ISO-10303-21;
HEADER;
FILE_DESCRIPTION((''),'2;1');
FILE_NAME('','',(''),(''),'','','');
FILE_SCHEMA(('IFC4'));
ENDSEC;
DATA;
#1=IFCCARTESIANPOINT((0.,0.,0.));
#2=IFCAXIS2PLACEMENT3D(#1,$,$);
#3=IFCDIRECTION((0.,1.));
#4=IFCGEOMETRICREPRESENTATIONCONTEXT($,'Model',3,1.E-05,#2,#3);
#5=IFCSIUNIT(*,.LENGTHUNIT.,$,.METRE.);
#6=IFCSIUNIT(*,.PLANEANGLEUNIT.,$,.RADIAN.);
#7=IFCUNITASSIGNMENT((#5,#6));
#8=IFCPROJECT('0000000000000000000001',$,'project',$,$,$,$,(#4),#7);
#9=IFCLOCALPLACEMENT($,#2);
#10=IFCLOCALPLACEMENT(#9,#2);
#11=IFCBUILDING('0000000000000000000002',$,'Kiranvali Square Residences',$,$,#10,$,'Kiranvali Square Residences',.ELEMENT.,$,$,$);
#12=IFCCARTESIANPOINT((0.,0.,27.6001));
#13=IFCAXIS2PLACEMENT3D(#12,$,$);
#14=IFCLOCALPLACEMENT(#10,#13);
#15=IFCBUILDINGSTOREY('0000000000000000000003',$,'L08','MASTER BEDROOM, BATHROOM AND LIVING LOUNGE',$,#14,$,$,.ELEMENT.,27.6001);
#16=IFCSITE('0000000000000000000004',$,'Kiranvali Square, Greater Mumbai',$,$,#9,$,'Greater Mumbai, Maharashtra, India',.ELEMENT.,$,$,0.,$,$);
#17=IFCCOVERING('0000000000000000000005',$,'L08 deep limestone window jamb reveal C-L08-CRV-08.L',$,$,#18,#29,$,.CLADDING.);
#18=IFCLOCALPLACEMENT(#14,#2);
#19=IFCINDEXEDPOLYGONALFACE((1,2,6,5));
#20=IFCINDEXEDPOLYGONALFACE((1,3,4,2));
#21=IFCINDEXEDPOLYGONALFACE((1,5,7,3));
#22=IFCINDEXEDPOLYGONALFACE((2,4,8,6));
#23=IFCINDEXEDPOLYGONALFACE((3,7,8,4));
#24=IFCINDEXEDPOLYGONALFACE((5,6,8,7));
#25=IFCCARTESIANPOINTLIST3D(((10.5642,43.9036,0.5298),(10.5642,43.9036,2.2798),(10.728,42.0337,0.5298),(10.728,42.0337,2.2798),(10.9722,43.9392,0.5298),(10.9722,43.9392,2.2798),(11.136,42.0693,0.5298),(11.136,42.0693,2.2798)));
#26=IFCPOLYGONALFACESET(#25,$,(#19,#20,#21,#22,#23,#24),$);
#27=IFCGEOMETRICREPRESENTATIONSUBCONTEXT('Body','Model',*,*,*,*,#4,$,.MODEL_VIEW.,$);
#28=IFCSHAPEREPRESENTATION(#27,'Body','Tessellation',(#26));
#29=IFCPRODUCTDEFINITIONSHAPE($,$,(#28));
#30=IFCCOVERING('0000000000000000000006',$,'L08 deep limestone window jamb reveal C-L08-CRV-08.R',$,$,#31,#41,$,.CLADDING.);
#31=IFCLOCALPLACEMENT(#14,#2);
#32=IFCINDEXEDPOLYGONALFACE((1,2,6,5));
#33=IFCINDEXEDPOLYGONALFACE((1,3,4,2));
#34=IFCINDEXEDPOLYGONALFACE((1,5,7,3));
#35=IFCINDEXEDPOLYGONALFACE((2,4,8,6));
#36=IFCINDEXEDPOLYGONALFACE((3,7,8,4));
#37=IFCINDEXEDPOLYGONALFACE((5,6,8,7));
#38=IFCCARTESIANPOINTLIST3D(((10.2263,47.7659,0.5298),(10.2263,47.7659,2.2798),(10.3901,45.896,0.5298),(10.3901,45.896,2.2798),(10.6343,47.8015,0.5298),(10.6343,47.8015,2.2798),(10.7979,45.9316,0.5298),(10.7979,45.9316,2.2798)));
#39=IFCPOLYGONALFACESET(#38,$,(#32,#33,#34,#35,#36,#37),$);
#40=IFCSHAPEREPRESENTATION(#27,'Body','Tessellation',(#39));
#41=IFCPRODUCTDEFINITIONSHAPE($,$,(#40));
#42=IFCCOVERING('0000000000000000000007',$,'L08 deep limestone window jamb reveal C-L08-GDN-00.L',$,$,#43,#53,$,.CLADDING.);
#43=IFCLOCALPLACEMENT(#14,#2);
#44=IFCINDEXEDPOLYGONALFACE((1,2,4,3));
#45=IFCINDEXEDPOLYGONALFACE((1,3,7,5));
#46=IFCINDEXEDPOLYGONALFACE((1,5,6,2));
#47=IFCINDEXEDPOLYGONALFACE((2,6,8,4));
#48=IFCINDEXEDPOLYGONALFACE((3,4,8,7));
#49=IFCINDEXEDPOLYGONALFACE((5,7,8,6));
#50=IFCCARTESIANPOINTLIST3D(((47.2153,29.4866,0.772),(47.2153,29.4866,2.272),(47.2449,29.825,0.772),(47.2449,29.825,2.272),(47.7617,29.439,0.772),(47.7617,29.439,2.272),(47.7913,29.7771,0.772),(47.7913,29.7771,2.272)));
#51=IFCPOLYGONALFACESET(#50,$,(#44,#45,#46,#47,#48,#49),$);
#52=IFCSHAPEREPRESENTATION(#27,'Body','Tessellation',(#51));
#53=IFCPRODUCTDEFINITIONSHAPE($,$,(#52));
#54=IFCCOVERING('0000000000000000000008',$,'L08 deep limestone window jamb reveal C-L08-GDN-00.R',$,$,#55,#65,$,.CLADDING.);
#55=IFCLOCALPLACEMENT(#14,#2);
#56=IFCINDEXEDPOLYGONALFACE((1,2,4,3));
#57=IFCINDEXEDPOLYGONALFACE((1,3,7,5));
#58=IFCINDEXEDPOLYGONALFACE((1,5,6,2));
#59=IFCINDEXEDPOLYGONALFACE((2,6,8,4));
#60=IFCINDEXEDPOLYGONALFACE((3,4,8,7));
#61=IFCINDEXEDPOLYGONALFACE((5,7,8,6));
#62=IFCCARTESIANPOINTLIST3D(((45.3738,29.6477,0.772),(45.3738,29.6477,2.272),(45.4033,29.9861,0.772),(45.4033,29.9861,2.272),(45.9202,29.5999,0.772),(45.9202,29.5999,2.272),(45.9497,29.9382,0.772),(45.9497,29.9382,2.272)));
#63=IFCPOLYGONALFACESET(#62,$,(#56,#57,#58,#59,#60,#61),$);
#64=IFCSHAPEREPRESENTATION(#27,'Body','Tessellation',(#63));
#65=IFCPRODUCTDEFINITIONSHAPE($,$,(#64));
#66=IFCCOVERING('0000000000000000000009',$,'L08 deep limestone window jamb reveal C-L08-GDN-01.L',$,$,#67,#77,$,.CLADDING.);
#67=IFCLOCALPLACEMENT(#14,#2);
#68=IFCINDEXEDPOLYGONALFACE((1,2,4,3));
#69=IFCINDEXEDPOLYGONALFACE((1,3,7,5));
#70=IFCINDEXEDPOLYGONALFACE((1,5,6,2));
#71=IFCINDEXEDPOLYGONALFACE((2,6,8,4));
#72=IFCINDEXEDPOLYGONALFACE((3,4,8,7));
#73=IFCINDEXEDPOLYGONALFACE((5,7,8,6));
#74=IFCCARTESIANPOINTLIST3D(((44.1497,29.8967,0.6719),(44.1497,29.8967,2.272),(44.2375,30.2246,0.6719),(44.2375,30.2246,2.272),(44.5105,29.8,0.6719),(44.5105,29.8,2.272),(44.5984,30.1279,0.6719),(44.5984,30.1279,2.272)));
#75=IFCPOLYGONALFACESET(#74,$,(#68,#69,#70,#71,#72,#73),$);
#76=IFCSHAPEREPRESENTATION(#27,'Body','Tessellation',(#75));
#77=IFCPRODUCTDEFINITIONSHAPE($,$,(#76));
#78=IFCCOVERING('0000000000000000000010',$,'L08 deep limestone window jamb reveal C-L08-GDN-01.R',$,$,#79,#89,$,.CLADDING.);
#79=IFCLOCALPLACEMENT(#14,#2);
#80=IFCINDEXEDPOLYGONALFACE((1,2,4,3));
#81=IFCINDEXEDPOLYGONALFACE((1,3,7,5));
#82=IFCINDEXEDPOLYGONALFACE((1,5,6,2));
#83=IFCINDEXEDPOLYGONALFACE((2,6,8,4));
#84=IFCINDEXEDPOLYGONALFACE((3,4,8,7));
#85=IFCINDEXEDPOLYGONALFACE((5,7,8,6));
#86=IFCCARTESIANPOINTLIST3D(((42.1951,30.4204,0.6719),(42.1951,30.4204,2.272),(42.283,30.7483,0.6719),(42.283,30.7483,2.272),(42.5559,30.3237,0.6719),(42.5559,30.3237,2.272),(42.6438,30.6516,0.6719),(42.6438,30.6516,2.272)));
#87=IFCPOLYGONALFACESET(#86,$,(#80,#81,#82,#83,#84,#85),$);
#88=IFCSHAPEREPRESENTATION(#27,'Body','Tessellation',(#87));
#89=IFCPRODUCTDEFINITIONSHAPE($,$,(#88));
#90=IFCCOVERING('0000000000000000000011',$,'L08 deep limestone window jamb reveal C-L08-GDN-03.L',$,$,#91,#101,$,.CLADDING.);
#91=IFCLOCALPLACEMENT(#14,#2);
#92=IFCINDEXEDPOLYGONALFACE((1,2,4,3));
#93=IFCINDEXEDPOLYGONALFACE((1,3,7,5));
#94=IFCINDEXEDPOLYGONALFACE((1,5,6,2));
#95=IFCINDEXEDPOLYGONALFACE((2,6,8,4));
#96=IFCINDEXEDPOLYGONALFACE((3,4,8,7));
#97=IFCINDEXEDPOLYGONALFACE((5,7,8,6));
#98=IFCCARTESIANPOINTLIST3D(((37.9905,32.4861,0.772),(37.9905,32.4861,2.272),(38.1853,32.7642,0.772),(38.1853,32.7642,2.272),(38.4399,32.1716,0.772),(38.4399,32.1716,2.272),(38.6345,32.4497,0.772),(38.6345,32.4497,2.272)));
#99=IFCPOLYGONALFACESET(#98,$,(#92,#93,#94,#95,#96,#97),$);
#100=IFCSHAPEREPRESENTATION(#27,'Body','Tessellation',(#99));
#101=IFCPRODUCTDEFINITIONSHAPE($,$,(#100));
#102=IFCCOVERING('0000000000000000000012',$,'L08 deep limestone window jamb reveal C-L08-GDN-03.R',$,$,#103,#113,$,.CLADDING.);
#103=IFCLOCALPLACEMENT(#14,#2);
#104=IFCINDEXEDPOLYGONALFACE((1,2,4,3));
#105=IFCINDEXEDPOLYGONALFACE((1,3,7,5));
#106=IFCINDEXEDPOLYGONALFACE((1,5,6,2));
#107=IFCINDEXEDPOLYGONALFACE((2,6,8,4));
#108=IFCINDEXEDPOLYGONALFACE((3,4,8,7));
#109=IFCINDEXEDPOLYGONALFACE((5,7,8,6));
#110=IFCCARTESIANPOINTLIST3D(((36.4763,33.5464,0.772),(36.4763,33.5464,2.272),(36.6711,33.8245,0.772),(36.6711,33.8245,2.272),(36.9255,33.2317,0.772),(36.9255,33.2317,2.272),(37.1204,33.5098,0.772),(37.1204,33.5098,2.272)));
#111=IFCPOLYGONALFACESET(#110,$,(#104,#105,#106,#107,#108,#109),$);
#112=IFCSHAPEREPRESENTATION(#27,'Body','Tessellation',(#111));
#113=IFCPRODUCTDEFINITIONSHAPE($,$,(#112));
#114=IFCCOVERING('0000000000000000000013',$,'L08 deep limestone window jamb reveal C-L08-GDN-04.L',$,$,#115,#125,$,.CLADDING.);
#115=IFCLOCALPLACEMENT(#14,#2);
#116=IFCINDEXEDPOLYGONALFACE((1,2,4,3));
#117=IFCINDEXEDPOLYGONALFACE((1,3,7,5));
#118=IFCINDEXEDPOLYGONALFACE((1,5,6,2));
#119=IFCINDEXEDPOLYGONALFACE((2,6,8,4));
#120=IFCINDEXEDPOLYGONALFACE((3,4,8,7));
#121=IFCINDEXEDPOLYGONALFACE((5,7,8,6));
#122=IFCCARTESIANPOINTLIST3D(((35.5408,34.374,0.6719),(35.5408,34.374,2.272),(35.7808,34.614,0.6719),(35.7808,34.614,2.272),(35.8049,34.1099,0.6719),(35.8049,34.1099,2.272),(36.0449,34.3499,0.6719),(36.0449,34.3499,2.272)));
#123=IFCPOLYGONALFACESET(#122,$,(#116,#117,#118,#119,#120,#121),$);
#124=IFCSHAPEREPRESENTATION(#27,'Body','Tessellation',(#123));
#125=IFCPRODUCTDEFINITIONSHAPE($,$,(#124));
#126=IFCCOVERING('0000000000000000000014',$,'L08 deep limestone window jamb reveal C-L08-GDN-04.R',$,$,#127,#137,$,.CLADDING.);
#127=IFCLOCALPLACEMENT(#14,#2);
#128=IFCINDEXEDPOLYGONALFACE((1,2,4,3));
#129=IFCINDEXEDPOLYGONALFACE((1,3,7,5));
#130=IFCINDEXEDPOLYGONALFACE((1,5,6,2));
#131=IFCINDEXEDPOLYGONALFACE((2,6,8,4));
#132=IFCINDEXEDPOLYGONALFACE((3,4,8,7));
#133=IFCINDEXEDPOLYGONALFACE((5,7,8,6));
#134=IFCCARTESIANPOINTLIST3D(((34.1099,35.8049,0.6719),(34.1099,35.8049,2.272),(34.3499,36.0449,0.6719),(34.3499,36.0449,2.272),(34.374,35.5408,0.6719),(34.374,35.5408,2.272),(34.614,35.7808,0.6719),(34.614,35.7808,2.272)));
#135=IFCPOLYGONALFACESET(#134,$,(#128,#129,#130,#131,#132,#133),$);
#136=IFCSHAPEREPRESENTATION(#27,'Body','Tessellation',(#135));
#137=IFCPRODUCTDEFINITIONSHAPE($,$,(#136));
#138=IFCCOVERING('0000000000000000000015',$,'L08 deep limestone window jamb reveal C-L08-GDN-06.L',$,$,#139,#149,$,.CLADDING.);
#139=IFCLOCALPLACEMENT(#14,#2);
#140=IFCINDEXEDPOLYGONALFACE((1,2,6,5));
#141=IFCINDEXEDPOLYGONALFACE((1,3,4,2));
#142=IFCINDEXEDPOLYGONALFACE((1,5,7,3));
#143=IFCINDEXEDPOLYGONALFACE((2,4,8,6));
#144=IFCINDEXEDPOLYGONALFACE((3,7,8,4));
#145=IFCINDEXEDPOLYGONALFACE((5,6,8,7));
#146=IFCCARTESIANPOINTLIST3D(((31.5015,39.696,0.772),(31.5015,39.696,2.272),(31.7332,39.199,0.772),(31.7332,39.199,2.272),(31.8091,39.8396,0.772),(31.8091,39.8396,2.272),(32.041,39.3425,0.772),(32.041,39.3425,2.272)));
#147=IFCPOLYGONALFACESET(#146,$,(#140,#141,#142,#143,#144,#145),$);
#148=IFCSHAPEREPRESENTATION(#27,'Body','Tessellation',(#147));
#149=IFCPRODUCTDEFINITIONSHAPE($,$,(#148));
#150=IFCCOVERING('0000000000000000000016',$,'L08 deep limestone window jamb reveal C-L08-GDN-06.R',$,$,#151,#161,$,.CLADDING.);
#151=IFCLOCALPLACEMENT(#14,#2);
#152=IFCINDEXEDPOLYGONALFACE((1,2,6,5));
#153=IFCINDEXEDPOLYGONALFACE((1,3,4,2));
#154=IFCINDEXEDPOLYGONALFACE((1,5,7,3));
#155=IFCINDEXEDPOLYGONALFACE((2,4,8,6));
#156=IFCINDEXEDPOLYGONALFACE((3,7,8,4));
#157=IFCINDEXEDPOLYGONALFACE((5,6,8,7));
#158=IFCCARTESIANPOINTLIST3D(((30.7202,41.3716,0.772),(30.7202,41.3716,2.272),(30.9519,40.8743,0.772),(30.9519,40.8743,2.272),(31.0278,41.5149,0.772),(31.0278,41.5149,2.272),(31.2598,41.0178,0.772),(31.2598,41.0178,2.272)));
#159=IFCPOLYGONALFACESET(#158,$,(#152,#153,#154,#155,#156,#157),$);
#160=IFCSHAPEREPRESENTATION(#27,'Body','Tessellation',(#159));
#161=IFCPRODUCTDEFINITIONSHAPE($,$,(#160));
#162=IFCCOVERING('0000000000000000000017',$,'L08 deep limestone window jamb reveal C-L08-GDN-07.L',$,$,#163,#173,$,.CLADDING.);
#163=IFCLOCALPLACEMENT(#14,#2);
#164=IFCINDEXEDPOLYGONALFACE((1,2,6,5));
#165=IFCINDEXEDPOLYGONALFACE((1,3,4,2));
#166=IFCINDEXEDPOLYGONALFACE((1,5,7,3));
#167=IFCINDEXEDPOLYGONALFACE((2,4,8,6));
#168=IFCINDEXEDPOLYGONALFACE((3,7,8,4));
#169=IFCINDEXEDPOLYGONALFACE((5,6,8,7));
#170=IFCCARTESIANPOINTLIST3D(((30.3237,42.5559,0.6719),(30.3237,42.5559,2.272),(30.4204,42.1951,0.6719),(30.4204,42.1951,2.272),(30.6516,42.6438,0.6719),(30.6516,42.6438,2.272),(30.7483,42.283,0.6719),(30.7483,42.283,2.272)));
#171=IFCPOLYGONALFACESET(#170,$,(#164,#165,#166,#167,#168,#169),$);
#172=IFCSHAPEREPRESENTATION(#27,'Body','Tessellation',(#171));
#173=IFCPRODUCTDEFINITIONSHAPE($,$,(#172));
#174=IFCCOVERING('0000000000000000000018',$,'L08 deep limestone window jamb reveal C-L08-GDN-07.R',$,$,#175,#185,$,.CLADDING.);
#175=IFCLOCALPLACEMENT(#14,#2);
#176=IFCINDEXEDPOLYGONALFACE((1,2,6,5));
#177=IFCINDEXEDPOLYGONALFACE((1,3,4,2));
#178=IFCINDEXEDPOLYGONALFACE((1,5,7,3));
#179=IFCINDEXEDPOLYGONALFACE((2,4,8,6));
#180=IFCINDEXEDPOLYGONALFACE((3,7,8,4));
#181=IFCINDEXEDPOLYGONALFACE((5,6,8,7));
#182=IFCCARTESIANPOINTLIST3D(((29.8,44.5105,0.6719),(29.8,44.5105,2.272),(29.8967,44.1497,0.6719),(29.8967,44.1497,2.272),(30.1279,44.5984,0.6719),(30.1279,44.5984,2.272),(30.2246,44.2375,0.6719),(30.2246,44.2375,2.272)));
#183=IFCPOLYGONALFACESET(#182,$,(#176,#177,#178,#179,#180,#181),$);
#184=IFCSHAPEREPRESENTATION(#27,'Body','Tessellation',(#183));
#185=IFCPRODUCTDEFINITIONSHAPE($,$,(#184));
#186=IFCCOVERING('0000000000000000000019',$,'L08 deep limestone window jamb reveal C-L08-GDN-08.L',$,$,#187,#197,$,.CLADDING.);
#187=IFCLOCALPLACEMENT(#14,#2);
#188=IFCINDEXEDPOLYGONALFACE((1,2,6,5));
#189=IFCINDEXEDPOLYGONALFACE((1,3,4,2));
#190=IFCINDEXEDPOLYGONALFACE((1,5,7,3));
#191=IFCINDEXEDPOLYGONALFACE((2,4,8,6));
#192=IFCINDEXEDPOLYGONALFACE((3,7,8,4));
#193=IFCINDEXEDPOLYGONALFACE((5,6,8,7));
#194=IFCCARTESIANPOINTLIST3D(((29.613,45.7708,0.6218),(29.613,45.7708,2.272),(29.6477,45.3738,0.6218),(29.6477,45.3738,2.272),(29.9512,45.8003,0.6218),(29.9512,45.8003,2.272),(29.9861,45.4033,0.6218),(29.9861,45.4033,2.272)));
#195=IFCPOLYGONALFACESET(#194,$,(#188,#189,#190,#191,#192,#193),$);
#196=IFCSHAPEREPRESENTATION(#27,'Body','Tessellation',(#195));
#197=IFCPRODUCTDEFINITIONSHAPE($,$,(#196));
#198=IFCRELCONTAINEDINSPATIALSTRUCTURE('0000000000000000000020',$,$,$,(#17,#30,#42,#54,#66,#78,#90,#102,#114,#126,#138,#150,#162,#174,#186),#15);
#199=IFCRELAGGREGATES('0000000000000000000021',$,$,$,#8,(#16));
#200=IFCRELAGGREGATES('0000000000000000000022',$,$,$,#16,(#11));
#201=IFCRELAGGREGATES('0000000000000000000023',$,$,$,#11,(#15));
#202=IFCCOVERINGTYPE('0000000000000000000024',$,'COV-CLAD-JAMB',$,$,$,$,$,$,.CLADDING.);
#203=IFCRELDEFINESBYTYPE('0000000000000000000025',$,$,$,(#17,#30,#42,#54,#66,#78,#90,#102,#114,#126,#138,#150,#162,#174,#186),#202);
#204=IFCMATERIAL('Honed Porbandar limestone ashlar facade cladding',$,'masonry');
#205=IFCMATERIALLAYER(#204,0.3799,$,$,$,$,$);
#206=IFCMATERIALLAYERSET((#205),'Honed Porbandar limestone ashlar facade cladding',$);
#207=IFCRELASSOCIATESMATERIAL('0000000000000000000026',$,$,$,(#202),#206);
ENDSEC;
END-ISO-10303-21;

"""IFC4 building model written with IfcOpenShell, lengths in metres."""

from ifc_helpers import new_model, si_unit, direction, frame, origin, place, context, subcontext, project, spatial, polyline, outline, extrude, material, layer, layer_set, type_object, element, save


model = new_model("IFC4")

# Units and contexts
model_context = context("Model", 3, precision=1e-05, world=origin(), true_north=direction((0.0, 1.0)))
body_context = subcontext(model_context, "Body", "Model", "MODEL_VIEW")
ifc_project = project(units=[si_unit("LENGTHUNIT", "METRE"), si_unit("PLANEANGLEUNIT", "RADIAN")], contexts=[model_context])

# Site, building, storey
site_placement = place(None, origin())
site = spatial("IfcSite", under=ifc_project, at=site_placement, Name="Kiranvali Square, Greater Mumbai", LongName="Greater Mumbai, Maharashtra, India", CompositionType="ELEMENT", RefElevation=0.0)
building_placement = place(site_placement, origin())
building = spatial("IfcBuilding", under=site, at=building_placement, Name="Kiranvali Square Residences", LongName="Kiranvali Square Residences", CompositionType="ELEMENT")
storey_placement = place(building_placement, frame((0.0, 0.0, 27.6001)))
storey = spatial("IfcBuildingStorey", under=building, at=storey_placement, Name="L08", Description="MASTER BEDROOM, BATHROOM AND LIVING LOUNGE", CompositionType="ELEMENT", Elevation=27.6001)

# Coverings
ifc_material = material(Name="Honed Porbandar limestone ashlar facade cladding", Category="masonry")
ifc_layer_1 = layer(ifc_material, 0.3799)
ifc_layer_set_1 = layer_set([ifc_layer_1], Name="Honed Porbandar limestone ashlar facade cladding")
covering_type_1 = type_object("IfcCoveringType", Name="COV-CLAD-JAMB", PredefinedType="CLADDING", material=ifc_layer_set_1)
covering_1_placement = place(storey_placement, frame((0.0, 0.0, 0.5298)))
element("IfcCovering", 1, at=covering_1_placement, inside=storey, type_object=covering_type_1, Name="L08 deep limestone window jamb reveal C-L08-CRV-08.L", PredefinedType="CLADDING", context=body_context, shape_type="SweptSolid", body=[
    extrude(outline(polyline([(11.136, 42.0693), (10.9722, 43.9392), (10.5642, 43.9036), (10.728, 42.0337), (11.136, 42.0693)])), origin(), (0.0, 0.0, 1.0), 1.75),
])
covering_2_placement = place(storey_placement, frame((0.0, 0.0, 0.5298)))
element("IfcCovering", 2, at=covering_2_placement, inside=storey, type_object=covering_type_1, Name="L08 deep limestone window jamb reveal C-L08-CRV-08.R", PredefinedType="CLADDING", context=body_context, shape_type="SweptSolid", body=[
    extrude(outline(polyline([(10.7979, 45.9316), (10.6343, 47.8015), (10.2263, 47.7659), (10.3901, 45.896), (10.7979, 45.9316)])), origin(), (0.0, 0.0, 1.0), 1.75),
])
covering_3_placement = place(storey_placement, frame((0.0, 0.0, 0.772)))
element("IfcCovering", 3, at=covering_3_placement, inside=storey, type_object=covering_type_1, Name="L08 deep limestone window jamb reveal C-L08-GDN-00.L", PredefinedType="CLADDING", context=body_context, shape_type="SweptSolid", body=[
    extrude(outline(polyline([(47.7913, 29.7771), (47.2449, 29.825), (47.2153, 29.4866), (47.7617, 29.439), (47.7913, 29.7771)])), origin(), (0.0, 0.0, 1.0), 1.5),
])
covering_4_placement = place(storey_placement, frame((0.0, 0.0, 0.772)))
element("IfcCovering", 4, at=covering_4_placement, inside=storey, type_object=covering_type_1, Name="L08 deep limestone window jamb reveal C-L08-GDN-00.R", PredefinedType="CLADDING", context=body_context, shape_type="SweptSolid", body=[
    extrude(outline(polyline([(45.9497, 29.9382), (45.4033, 29.9861), (45.3738, 29.6477), (45.9202, 29.5999), (45.9497, 29.9382)])), origin(), (0.0, 0.0, 1.0), 1.5),
])
covering_5_placement = place(storey_placement, frame((0.0, 0.0, 0.6719)))
element("IfcCovering", 5, at=covering_5_placement, inside=storey, type_object=covering_type_1, Name="L08 deep limestone window jamb reveal C-L08-GDN-01.L", PredefinedType="CLADDING", context=body_context, shape_type="SweptSolid", body=[
    extrude(outline(polyline([(44.5984, 30.1279), (44.2375, 30.2246), (44.1497, 29.8967), (44.5105, 29.8), (44.5984, 30.1279)])), origin(), (0.0, 0.0, 1.0), 1.6001),
])
covering_6_placement = place(storey_placement, frame((0.0, 0.0, 0.6719)))
element("IfcCovering", 6, at=covering_6_placement, inside=storey, type_object=covering_type_1, Name="L08 deep limestone window jamb reveal C-L08-GDN-01.R", PredefinedType="CLADDING", context=body_context, shape_type="SweptSolid", body=[
    extrude(outline(polyline([(42.6438, 30.6516), (42.283, 30.7483), (42.1951, 30.4204), (42.5559, 30.3237), (42.6438, 30.6516)])), origin(), (0.0, 0.0, 1.0), 1.6001),
])
covering_7_placement = place(storey_placement, frame((0.0, 0.0, 0.772)))
element("IfcCovering", 7, at=covering_7_placement, inside=storey, type_object=covering_type_1, Name="L08 deep limestone window jamb reveal C-L08-GDN-03.L", PredefinedType="CLADDING", context=body_context, shape_type="SweptSolid", body=[
    extrude(outline(polyline([(38.6345, 32.4497), (38.1853, 32.7642), (37.9905, 32.4861), (38.4399, 32.1716), (38.6345, 32.4497)])), origin(), (0.0, 0.0, 1.0), 1.5),
])
covering_8_placement = place(storey_placement, frame((0.0, 0.0, 0.772)))
element("IfcCovering", 8, at=covering_8_placement, inside=storey, type_object=covering_type_1, Name="L08 deep limestone window jamb reveal C-L08-GDN-03.R", PredefinedType="CLADDING", context=body_context, shape_type="SweptSolid", body=[
    extrude(outline(polyline([(37.1204, 33.5098), (36.6711, 33.8245), (36.4763, 33.5464), (36.9255, 33.2317), (37.1204, 33.5098)])), origin(), (0.0, 0.0, 1.0), 1.5),
])
covering_9_placement = place(storey_placement, frame((0.0, 0.0, 0.6719)))
element("IfcCovering", 9, at=covering_9_placement, inside=storey, type_object=covering_type_1, Name="L08 deep limestone window jamb reveal C-L08-GDN-04.L", PredefinedType="CLADDING", context=body_context, shape_type="SweptSolid", body=[
    extrude(outline(polyline([(36.0449, 34.3499), (35.7808, 34.614), (35.5408, 34.374), (35.8049, 34.1099), (36.0449, 34.3499)])), origin(), (0.0, 0.0, 1.0), 1.6001),
])
covering_10_placement = place(storey_placement, frame((0.0, 0.0, 0.6719)))
element("IfcCovering", 10, at=covering_10_placement, inside=storey, type_object=covering_type_1, Name="L08 deep limestone window jamb reveal C-L08-GDN-04.R", PredefinedType="CLADDING", context=body_context, shape_type="SweptSolid", body=[
    extrude(outline(polyline([(34.614, 35.7808), (34.3499, 36.0449), (34.1099, 35.8049), (34.374, 35.5408), (34.614, 35.7808)])), origin(), (0.0, 0.0, 1.0), 1.6001),
])
covering_11_placement = place(storey_placement, frame((0.0, 0.0, 0.772)))
element("IfcCovering", 11, at=covering_11_placement, inside=storey, type_object=covering_type_1, Name="L08 deep limestone window jamb reveal C-L08-GDN-06.L", PredefinedType="CLADDING", context=body_context, shape_type="SweptSolid", body=[
    extrude(outline(polyline([(32.041, 39.3425), (31.8091, 39.8396), (31.5015, 39.696), (31.7332, 39.199), (32.041, 39.3425)])), origin(), (0.0, 0.0, 1.0), 1.5),
])
covering_12_placement = place(storey_placement, frame((0.0, 0.0, 0.772)))
element("IfcCovering", 12, at=covering_12_placement, inside=storey, type_object=covering_type_1, Name="L08 deep limestone window jamb reveal C-L08-GDN-06.R", PredefinedType="CLADDING", context=body_context, shape_type="SweptSolid", body=[
    extrude(outline(polyline([(31.2598, 41.0178), (31.0278, 41.5149), (30.7202, 41.3716), (30.9519, 40.8743), (31.2598, 41.0178)])), origin(), (0.0, 0.0, 1.0), 1.5),
])
covering_13_placement = place(storey_placement, frame((0.0, 0.0, 0.6719)))
element("IfcCovering", 13, at=covering_13_placement, inside=storey, type_object=covering_type_1, Name="L08 deep limestone window jamb reveal C-L08-GDN-07.L", PredefinedType="CLADDING", context=body_context, shape_type="SweptSolid", body=[
    extrude(outline(polyline([(30.7483, 42.283), (30.6516, 42.6438), (30.3237, 42.5559), (30.4204, 42.1951), (30.7483, 42.283)])), origin(), (0.0, 0.0, 1.0), 1.6001),
])
covering_14_placement = place(storey_placement, frame((0.0, 0.0, 0.6719)))
element("IfcCovering", 14, at=covering_14_placement, inside=storey, type_object=covering_type_1, Name="L08 deep limestone window jamb reveal C-L08-GDN-07.R", PredefinedType="CLADDING", context=body_context, shape_type="SweptSolid", body=[
    extrude(outline(polyline([(30.2246, 44.2375), (30.1279, 44.5984), (29.8, 44.5105), (29.8967, 44.1497), (30.2246, 44.2375)])), origin(), (0.0, 0.0, 1.0), 1.6001),
])
covering_15_placement = place(storey_placement, frame((0.0, 0.0, 0.6218)))
element("IfcCovering", 15, at=covering_15_placement, inside=storey, type_object=covering_type_1, Name="L08 deep limestone window jamb reveal C-L08-GDN-08.L", PredefinedType="CLADDING", context=body_context, shape_type="SweptSolid", body=[
    extrude(outline(polyline([(29.9861, 45.4033), (29.9512, 45.8003), (29.613, 45.7708), (29.6477, 45.3738), (29.9861, 45.4033)])), origin(), (0.0, 0.0, 1.0), 1.6501),
])

save(model, "model.ifc")
